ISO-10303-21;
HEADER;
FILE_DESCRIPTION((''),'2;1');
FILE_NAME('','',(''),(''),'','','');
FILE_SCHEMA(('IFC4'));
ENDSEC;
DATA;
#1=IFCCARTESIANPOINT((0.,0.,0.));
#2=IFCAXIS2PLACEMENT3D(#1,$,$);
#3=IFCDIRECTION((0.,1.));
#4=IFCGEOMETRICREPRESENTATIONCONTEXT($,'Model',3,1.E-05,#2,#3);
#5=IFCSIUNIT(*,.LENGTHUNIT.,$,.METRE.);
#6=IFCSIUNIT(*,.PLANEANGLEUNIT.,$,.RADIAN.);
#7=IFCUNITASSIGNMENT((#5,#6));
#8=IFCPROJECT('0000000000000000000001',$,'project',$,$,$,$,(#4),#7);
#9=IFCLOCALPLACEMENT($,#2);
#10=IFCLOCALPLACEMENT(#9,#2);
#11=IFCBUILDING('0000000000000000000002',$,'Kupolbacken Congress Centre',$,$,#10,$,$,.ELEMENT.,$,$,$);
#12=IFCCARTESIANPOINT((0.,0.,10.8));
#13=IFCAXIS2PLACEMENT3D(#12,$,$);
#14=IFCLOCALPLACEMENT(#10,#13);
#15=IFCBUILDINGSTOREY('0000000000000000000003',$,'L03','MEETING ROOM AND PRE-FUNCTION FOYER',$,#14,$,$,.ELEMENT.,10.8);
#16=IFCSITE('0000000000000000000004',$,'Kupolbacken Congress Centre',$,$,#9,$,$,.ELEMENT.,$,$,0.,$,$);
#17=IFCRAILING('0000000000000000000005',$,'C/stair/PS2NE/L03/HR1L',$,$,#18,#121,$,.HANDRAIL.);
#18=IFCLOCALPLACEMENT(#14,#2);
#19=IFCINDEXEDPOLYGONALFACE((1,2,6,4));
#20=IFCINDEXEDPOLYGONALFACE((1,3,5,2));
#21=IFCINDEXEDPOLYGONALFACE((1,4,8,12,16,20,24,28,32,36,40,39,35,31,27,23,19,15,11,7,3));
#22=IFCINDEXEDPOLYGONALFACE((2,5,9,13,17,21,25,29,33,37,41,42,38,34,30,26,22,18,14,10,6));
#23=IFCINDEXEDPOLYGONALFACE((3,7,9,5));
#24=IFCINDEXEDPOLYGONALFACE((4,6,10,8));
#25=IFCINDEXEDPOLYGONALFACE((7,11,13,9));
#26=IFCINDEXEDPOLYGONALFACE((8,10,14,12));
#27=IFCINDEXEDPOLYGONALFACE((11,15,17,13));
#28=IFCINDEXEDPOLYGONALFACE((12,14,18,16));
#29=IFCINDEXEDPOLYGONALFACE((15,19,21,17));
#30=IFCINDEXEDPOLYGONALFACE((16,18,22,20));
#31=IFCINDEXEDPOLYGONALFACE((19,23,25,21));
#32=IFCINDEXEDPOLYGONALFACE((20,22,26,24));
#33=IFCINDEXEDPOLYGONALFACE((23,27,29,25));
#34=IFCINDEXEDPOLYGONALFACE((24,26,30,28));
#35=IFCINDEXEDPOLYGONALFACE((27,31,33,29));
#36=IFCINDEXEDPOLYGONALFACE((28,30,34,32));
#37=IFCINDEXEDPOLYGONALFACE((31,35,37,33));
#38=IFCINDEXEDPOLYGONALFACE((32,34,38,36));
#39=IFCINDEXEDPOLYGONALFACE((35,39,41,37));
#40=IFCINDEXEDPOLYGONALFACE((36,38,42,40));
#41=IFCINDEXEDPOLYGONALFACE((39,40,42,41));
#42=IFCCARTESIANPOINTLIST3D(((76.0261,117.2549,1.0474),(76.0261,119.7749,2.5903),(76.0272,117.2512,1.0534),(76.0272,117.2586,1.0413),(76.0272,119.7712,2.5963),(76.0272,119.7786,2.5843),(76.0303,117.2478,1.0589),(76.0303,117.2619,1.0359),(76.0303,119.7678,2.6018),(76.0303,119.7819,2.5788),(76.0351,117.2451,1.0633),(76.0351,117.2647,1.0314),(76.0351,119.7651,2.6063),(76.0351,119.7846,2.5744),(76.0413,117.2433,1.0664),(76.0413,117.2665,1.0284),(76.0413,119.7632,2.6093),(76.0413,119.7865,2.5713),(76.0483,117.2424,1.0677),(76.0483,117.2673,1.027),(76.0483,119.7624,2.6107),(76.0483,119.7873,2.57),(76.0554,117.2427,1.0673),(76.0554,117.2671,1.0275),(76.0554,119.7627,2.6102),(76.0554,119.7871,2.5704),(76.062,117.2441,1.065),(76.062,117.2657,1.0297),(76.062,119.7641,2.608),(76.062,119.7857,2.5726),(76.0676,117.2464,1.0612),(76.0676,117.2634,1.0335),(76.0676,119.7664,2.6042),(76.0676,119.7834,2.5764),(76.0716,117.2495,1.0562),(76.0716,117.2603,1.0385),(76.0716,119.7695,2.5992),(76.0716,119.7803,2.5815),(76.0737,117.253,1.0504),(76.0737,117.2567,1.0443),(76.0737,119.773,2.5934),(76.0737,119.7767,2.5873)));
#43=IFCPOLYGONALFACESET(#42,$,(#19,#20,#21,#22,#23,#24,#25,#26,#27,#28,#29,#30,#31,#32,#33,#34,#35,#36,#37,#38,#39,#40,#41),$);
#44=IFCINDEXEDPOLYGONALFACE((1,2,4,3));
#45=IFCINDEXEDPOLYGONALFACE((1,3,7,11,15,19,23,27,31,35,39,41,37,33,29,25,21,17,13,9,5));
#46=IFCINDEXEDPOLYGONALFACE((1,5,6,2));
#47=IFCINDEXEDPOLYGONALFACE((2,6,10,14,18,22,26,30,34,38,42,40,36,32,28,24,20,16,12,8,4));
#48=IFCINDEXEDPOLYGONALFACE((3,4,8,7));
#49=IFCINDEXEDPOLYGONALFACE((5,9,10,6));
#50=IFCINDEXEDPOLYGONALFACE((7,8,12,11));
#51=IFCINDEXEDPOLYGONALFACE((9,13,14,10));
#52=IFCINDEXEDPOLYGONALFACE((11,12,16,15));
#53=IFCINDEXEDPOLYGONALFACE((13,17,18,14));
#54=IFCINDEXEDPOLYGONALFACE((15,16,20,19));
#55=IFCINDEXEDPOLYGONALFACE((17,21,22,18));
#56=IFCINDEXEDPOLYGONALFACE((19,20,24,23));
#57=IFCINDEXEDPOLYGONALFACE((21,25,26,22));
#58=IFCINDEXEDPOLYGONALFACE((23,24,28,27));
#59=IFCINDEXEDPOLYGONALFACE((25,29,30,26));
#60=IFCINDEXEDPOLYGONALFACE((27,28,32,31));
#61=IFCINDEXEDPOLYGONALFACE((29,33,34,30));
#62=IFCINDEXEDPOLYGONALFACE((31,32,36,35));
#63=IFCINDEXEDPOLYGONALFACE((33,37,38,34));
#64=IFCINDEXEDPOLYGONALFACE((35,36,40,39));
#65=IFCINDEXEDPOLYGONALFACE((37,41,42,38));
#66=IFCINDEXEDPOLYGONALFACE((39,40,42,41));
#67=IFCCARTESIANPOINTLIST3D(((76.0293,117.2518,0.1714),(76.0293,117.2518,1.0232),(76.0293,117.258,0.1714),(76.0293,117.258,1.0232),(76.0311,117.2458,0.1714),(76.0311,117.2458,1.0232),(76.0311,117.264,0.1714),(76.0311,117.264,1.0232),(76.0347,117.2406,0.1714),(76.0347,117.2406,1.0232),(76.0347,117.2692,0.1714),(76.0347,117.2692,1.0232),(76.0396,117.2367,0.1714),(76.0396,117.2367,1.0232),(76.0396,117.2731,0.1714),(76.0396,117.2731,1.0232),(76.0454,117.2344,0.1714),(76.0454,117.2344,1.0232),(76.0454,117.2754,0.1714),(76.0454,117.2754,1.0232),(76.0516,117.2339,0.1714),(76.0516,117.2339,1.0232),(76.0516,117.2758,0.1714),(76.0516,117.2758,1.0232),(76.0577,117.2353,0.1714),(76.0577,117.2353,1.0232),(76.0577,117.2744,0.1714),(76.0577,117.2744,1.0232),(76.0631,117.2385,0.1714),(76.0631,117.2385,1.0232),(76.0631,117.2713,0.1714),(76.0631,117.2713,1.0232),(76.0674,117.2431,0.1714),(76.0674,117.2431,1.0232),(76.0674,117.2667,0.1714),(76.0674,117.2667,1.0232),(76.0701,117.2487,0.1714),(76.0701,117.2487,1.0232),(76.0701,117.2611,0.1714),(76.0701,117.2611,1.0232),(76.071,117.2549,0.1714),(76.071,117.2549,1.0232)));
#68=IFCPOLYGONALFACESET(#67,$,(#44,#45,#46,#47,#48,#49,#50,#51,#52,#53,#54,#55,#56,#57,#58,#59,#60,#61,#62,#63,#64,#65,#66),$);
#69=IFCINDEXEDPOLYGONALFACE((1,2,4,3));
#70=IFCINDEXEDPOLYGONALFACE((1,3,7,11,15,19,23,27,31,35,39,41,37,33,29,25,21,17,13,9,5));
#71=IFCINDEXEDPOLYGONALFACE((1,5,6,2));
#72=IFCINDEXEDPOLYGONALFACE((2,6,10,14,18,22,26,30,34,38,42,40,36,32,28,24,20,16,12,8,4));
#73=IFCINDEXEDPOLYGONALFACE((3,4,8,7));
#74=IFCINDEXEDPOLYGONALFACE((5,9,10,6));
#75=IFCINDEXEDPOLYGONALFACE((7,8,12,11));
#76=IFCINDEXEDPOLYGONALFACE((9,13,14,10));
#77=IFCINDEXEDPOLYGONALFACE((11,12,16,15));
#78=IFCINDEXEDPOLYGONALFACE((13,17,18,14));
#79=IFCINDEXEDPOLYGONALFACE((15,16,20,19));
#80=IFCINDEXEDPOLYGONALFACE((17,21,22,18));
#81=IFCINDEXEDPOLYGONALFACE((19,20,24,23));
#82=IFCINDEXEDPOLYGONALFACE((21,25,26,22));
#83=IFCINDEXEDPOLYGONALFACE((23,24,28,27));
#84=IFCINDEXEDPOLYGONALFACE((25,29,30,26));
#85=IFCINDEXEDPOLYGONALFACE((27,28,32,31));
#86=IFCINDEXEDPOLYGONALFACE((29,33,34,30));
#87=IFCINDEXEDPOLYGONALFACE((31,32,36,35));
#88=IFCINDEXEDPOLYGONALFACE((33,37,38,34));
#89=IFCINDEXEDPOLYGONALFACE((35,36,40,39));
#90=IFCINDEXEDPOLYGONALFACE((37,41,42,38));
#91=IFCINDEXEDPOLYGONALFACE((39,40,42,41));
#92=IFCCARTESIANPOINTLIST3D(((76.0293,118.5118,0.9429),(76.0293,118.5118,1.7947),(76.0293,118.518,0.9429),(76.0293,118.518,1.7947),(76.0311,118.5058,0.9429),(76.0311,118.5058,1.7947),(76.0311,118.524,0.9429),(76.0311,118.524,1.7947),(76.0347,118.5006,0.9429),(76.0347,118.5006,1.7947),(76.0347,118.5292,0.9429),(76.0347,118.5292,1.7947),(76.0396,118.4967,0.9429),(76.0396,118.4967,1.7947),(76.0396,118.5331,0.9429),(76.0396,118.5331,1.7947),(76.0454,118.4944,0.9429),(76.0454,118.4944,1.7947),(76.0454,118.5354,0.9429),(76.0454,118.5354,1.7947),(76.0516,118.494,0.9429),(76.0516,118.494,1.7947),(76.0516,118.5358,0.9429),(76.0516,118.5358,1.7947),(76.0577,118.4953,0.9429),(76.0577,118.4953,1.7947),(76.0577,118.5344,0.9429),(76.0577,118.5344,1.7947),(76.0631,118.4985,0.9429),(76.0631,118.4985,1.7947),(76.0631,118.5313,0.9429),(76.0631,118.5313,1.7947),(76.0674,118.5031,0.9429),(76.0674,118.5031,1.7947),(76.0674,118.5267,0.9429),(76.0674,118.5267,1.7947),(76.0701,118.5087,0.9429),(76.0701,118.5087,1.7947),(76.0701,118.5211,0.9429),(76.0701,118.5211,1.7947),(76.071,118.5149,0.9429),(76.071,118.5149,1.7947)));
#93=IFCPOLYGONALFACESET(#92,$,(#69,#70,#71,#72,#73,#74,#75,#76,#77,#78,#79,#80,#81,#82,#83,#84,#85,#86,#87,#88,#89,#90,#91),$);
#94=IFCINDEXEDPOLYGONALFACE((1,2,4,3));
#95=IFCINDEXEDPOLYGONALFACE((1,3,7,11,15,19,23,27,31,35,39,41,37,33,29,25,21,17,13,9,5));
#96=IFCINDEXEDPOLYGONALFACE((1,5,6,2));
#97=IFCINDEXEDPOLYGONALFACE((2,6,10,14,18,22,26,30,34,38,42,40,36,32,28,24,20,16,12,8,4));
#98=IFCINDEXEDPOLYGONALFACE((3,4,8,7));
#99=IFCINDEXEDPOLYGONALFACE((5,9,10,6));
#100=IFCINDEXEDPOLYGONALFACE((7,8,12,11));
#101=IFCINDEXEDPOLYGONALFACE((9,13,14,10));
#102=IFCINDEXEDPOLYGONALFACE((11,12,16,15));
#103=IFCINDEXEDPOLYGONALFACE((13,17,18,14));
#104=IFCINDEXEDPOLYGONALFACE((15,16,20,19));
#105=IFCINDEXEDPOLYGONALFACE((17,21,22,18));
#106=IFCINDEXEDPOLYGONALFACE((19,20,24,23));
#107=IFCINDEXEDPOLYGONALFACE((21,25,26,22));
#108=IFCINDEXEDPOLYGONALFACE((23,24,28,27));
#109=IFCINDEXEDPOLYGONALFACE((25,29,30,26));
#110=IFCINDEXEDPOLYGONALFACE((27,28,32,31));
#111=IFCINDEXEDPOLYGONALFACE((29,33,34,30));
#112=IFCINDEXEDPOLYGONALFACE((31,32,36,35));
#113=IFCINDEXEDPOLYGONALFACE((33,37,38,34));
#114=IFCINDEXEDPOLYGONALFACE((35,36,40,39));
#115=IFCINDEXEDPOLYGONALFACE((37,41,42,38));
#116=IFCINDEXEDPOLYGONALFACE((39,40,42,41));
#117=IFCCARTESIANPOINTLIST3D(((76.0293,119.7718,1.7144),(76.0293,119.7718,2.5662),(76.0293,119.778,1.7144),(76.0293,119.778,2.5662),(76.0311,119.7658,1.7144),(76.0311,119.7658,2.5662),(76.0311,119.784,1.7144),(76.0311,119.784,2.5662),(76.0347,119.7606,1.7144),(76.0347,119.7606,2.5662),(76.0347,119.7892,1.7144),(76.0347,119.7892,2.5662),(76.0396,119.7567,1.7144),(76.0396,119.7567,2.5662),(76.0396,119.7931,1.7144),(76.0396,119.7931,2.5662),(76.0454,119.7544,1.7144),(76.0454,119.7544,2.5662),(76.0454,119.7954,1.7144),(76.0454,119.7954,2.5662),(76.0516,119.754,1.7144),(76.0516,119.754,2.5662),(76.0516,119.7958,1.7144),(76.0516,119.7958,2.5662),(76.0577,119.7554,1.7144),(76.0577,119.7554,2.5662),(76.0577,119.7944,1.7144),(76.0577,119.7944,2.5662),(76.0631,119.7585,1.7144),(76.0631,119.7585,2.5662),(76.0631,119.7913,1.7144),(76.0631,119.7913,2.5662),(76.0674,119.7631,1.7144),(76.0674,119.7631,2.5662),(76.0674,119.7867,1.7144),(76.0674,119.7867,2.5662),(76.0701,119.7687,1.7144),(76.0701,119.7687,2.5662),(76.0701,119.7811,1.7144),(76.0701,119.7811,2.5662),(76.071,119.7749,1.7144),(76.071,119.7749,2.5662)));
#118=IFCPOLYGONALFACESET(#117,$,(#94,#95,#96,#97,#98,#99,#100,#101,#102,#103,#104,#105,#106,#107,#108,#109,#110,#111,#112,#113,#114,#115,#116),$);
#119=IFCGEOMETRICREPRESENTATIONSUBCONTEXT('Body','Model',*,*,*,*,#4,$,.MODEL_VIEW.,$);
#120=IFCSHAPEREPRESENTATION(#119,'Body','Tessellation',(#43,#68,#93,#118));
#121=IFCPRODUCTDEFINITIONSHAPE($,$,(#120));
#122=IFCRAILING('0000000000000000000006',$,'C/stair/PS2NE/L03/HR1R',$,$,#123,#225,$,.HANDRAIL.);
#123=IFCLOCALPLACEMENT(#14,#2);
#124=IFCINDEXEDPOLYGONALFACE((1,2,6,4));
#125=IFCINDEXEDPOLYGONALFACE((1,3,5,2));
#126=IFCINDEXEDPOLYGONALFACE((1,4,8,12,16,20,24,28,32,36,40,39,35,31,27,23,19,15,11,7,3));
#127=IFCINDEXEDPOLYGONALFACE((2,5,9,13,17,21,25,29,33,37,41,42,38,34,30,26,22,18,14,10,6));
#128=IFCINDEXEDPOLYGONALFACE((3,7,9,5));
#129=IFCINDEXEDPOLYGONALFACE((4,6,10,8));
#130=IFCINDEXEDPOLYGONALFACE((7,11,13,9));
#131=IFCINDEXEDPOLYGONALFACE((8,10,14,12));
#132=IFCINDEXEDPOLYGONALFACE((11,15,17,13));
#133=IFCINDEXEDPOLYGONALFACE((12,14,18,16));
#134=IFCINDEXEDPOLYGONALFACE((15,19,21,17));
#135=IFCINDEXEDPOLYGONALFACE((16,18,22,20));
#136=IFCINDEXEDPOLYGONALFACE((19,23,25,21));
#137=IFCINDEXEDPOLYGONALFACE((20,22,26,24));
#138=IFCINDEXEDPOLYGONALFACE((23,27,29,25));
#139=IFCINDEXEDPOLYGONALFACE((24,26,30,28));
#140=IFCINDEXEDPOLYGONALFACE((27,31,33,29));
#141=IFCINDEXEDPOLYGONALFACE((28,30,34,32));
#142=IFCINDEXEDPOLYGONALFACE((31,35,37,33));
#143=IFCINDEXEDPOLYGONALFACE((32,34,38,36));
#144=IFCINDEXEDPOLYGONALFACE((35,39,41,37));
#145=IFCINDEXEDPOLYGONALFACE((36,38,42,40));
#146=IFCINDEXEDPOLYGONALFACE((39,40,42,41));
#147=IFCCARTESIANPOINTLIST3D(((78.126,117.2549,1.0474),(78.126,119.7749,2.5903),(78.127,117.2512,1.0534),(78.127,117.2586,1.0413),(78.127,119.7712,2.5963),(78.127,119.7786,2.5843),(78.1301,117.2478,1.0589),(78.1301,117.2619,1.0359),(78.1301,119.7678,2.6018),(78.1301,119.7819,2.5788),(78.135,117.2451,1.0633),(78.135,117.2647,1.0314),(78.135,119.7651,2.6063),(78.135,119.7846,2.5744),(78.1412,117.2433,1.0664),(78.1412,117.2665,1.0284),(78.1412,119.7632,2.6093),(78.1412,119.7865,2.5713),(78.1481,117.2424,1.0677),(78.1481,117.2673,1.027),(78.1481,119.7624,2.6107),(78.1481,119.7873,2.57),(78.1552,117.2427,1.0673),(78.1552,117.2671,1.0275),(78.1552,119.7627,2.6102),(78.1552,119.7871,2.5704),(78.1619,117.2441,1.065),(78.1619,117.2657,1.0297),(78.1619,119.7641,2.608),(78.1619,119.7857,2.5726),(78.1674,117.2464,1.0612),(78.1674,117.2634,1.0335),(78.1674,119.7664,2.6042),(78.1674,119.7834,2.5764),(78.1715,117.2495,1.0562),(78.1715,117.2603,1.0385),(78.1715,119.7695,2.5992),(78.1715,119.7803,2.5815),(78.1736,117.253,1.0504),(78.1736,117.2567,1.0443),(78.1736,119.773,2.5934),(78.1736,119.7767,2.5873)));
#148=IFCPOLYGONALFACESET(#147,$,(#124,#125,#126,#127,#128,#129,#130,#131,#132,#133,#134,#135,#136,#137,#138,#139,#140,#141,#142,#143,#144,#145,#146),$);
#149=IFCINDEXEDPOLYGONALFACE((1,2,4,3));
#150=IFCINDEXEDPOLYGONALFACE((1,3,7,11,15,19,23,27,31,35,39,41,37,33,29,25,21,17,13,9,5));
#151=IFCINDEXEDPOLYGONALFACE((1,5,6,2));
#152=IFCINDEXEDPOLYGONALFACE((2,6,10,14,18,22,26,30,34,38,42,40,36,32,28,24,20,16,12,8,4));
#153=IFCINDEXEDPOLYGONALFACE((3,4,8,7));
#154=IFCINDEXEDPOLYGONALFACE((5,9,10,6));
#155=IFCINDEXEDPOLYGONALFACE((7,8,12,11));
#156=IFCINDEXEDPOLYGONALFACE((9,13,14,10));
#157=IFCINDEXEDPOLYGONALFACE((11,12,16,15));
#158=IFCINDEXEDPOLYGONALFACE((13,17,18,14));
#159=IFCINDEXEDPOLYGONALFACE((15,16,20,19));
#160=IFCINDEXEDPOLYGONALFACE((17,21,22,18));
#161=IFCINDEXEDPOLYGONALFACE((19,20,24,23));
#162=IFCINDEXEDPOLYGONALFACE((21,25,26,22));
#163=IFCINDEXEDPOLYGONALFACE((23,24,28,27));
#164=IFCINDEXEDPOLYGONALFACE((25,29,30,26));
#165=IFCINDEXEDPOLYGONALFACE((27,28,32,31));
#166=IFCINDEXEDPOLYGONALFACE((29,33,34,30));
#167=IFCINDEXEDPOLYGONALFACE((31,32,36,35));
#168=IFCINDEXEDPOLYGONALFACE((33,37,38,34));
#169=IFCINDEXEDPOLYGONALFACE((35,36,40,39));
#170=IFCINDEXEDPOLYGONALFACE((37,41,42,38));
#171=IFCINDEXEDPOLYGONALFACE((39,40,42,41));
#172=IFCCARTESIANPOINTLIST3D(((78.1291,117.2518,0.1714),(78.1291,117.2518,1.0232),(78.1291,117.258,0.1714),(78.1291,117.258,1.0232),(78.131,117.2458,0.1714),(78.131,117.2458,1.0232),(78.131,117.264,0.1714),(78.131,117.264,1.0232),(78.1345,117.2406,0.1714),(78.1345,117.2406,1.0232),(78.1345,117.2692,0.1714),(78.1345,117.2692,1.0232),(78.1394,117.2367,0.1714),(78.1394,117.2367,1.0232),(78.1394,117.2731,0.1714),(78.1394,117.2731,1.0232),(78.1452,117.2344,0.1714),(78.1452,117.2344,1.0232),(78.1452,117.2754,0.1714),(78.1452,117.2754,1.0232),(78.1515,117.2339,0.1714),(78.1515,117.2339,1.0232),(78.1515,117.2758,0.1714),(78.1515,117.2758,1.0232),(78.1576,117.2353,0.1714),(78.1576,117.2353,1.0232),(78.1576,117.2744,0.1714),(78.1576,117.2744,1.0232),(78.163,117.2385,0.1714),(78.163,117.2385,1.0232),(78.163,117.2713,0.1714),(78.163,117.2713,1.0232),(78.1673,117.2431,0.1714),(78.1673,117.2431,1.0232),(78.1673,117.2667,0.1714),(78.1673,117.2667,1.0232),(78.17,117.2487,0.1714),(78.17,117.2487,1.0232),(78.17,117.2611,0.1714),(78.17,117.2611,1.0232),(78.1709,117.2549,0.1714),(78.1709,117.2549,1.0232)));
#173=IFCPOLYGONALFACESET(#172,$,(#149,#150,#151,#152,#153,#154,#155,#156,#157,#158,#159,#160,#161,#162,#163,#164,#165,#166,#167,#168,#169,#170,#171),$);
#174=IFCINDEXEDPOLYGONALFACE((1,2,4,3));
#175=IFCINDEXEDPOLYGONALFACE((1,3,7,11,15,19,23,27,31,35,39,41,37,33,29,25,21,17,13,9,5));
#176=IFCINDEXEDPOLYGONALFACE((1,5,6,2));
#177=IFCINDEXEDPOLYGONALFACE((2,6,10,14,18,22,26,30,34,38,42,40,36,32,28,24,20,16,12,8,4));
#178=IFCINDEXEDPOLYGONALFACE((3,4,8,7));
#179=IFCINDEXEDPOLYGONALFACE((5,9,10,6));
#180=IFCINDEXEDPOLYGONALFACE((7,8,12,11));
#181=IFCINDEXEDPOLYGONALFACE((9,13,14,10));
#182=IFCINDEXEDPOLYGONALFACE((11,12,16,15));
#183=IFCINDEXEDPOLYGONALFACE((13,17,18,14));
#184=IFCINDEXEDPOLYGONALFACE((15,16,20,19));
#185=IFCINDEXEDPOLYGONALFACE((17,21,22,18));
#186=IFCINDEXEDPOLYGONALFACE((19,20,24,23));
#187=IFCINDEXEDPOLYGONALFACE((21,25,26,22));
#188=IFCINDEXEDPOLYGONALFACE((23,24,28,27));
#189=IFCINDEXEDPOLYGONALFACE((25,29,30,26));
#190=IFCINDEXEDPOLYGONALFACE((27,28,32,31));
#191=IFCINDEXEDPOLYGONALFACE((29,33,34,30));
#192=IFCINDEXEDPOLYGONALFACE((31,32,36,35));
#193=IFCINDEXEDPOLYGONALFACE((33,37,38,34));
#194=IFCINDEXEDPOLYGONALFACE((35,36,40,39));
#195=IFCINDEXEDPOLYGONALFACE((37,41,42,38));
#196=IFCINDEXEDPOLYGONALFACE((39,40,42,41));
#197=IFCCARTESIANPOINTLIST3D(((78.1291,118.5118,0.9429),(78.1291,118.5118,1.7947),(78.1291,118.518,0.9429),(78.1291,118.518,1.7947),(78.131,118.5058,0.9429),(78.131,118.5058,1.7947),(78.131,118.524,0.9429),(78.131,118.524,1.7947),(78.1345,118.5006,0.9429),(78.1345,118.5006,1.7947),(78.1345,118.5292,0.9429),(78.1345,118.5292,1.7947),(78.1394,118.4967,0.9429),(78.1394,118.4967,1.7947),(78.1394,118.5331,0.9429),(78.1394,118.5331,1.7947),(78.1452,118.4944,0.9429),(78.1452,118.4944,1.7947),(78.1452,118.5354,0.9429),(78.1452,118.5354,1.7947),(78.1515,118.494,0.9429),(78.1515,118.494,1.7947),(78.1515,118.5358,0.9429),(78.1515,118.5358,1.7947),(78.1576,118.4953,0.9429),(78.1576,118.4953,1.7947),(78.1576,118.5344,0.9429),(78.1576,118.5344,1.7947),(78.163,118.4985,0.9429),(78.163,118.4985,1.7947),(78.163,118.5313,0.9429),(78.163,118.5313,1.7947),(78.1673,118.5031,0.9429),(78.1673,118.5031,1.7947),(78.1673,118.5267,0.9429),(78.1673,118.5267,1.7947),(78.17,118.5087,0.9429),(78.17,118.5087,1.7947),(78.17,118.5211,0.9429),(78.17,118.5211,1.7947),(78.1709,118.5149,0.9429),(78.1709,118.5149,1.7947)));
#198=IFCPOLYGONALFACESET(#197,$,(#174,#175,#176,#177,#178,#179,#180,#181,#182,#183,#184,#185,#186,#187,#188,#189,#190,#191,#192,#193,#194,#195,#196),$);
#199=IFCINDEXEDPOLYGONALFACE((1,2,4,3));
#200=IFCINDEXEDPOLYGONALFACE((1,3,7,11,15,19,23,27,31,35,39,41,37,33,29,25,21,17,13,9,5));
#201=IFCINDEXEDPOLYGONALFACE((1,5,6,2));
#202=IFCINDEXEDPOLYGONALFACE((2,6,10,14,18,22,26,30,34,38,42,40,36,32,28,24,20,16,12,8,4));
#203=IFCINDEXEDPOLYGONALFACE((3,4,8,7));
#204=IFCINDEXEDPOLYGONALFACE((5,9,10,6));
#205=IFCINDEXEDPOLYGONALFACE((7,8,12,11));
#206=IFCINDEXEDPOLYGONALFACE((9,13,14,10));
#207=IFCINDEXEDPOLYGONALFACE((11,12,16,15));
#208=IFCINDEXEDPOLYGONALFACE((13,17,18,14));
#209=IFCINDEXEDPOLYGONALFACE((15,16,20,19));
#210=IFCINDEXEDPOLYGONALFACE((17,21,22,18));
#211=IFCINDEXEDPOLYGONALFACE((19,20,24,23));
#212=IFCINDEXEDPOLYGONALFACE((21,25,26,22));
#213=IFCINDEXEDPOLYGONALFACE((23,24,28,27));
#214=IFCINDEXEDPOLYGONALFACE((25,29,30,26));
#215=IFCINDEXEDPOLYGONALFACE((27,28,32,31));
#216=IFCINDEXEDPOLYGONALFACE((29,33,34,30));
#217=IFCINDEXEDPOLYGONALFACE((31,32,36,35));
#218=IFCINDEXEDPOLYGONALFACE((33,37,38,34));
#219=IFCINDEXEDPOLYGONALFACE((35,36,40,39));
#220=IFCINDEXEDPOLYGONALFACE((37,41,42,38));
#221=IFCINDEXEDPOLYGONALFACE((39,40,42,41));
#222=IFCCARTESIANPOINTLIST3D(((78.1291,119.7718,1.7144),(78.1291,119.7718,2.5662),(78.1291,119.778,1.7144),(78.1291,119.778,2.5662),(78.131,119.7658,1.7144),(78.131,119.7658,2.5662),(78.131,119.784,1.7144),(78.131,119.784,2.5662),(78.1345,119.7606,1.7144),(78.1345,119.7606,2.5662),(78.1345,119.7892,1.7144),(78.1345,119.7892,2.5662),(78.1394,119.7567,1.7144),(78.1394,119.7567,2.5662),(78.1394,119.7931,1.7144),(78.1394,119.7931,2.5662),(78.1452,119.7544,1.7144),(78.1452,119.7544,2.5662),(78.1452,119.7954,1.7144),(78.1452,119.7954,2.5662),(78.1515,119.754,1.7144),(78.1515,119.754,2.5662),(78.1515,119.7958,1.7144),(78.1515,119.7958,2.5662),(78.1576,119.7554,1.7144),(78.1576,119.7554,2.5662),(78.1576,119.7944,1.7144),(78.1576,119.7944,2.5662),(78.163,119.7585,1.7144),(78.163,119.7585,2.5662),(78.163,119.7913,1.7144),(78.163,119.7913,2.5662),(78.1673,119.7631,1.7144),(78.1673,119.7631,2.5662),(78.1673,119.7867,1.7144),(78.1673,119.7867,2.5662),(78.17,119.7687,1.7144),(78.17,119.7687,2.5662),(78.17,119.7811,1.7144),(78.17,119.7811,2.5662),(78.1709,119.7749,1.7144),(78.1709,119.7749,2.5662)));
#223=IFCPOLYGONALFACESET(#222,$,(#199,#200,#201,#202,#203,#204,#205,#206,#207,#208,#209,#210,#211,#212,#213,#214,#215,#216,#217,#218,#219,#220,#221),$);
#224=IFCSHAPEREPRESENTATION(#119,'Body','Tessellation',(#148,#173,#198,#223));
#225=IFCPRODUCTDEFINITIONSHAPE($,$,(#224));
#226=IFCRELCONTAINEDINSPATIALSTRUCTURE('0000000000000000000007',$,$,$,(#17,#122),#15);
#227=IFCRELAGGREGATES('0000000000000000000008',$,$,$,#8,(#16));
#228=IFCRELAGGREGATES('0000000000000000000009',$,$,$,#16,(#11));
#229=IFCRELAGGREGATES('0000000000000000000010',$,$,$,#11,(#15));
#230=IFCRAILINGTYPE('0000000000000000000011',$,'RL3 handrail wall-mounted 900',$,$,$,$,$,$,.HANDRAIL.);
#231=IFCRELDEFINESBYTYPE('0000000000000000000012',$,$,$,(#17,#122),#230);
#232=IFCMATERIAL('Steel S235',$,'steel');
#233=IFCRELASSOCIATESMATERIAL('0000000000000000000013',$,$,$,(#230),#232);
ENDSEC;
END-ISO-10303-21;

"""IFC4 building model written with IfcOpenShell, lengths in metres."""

from ifc_helpers import new_model, si_unit, direction, frame, origin, origin_2d, place, context, subcontext, project, spatial, circle, extrude, material, type_object, element, save


model = new_model("IFC4")

# Units and contexts
model_context = context("Model", 3, precision=1e-05, world=origin(), true_north=direction((0.0, 1.0)))
body_context = subcontext(model_context, "Body", "Model", "MODEL_VIEW")
ifc_project = project(units=[si_unit("LENGTHUNIT", "METRE"), si_unit("PLANEANGLEUNIT", "RADIAN")], contexts=[model_context])

# Site, building, storey
site_placement = place(None, origin())
site = spatial("IfcSite", under=ifc_project, at=site_placement, Name="Kupolbacken Congress Centre", CompositionType="ELEMENT", RefElevation=0.0)
building_placement = place(site_placement, origin())
building = spatial("IfcBuilding", under=site, at=building_placement, Name="Kupolbacken Congress Centre", CompositionType="ELEMENT")
storey_placement = place(building_placement, frame((0.0, 0.0, 10.8)))
storey = spatial("IfcBuildingStorey", under=building, at=storey_placement, Name="L03", Description="MEETING ROOM AND PRE-FUNCTION FOYER", CompositionType="ELEMENT", Elevation=10.8)

# Railings
ifc_material_1 = material(Name="Steel S235", Category="steel")
railing_type = type_object("IfcRailingType", Name="RL3 handrail wall-mounted 900", PredefinedType="HANDRAIL", material=ifc_material_1)
for number, where, name in (
    (1, (76.05, 117.2549, 0.1714), "C/stair/PS2NE/L03/HR1L"),
    (2, (78.1499, 117.2549, 0.1714), "C/stair/PS2NE/L03/HR1R"),
):
    element("IfcRailing", number, at=place(storey_placement, frame(where)), inside=storey, type_object=railing_type, Name=name, PredefinedType="HANDRAIL", context=body_context, shape_type="SweptSolid", body=[
        extrude(circle(Radius=0.0239, at=origin_2d()), frame((0.0, 0.0, 0.876), z_axis=(0.0, 0.852836, 0.522178), x_axis=(-1.0, 0.0, 0.0)), (0.0, 0.0, 1.0), 2.9548),
        extrude(circle(Radius=0.021, at=origin_2d()), origin(), (0.0, 0.0, 1.0), 0.8518),
        extrude(circle(Radius=0.021, at=origin_2d()), frame((0.0, 1.26, 0.7715)), (0.0, 0.0, 1.0), 0.8518),
        extrude(circle(Radius=0.021, at=origin_2d()), frame((0.0, 2.52, 1.543)), (0.0, 0.0, 1.0), 0.8518),
    ])

save(model, "model.ifc")
